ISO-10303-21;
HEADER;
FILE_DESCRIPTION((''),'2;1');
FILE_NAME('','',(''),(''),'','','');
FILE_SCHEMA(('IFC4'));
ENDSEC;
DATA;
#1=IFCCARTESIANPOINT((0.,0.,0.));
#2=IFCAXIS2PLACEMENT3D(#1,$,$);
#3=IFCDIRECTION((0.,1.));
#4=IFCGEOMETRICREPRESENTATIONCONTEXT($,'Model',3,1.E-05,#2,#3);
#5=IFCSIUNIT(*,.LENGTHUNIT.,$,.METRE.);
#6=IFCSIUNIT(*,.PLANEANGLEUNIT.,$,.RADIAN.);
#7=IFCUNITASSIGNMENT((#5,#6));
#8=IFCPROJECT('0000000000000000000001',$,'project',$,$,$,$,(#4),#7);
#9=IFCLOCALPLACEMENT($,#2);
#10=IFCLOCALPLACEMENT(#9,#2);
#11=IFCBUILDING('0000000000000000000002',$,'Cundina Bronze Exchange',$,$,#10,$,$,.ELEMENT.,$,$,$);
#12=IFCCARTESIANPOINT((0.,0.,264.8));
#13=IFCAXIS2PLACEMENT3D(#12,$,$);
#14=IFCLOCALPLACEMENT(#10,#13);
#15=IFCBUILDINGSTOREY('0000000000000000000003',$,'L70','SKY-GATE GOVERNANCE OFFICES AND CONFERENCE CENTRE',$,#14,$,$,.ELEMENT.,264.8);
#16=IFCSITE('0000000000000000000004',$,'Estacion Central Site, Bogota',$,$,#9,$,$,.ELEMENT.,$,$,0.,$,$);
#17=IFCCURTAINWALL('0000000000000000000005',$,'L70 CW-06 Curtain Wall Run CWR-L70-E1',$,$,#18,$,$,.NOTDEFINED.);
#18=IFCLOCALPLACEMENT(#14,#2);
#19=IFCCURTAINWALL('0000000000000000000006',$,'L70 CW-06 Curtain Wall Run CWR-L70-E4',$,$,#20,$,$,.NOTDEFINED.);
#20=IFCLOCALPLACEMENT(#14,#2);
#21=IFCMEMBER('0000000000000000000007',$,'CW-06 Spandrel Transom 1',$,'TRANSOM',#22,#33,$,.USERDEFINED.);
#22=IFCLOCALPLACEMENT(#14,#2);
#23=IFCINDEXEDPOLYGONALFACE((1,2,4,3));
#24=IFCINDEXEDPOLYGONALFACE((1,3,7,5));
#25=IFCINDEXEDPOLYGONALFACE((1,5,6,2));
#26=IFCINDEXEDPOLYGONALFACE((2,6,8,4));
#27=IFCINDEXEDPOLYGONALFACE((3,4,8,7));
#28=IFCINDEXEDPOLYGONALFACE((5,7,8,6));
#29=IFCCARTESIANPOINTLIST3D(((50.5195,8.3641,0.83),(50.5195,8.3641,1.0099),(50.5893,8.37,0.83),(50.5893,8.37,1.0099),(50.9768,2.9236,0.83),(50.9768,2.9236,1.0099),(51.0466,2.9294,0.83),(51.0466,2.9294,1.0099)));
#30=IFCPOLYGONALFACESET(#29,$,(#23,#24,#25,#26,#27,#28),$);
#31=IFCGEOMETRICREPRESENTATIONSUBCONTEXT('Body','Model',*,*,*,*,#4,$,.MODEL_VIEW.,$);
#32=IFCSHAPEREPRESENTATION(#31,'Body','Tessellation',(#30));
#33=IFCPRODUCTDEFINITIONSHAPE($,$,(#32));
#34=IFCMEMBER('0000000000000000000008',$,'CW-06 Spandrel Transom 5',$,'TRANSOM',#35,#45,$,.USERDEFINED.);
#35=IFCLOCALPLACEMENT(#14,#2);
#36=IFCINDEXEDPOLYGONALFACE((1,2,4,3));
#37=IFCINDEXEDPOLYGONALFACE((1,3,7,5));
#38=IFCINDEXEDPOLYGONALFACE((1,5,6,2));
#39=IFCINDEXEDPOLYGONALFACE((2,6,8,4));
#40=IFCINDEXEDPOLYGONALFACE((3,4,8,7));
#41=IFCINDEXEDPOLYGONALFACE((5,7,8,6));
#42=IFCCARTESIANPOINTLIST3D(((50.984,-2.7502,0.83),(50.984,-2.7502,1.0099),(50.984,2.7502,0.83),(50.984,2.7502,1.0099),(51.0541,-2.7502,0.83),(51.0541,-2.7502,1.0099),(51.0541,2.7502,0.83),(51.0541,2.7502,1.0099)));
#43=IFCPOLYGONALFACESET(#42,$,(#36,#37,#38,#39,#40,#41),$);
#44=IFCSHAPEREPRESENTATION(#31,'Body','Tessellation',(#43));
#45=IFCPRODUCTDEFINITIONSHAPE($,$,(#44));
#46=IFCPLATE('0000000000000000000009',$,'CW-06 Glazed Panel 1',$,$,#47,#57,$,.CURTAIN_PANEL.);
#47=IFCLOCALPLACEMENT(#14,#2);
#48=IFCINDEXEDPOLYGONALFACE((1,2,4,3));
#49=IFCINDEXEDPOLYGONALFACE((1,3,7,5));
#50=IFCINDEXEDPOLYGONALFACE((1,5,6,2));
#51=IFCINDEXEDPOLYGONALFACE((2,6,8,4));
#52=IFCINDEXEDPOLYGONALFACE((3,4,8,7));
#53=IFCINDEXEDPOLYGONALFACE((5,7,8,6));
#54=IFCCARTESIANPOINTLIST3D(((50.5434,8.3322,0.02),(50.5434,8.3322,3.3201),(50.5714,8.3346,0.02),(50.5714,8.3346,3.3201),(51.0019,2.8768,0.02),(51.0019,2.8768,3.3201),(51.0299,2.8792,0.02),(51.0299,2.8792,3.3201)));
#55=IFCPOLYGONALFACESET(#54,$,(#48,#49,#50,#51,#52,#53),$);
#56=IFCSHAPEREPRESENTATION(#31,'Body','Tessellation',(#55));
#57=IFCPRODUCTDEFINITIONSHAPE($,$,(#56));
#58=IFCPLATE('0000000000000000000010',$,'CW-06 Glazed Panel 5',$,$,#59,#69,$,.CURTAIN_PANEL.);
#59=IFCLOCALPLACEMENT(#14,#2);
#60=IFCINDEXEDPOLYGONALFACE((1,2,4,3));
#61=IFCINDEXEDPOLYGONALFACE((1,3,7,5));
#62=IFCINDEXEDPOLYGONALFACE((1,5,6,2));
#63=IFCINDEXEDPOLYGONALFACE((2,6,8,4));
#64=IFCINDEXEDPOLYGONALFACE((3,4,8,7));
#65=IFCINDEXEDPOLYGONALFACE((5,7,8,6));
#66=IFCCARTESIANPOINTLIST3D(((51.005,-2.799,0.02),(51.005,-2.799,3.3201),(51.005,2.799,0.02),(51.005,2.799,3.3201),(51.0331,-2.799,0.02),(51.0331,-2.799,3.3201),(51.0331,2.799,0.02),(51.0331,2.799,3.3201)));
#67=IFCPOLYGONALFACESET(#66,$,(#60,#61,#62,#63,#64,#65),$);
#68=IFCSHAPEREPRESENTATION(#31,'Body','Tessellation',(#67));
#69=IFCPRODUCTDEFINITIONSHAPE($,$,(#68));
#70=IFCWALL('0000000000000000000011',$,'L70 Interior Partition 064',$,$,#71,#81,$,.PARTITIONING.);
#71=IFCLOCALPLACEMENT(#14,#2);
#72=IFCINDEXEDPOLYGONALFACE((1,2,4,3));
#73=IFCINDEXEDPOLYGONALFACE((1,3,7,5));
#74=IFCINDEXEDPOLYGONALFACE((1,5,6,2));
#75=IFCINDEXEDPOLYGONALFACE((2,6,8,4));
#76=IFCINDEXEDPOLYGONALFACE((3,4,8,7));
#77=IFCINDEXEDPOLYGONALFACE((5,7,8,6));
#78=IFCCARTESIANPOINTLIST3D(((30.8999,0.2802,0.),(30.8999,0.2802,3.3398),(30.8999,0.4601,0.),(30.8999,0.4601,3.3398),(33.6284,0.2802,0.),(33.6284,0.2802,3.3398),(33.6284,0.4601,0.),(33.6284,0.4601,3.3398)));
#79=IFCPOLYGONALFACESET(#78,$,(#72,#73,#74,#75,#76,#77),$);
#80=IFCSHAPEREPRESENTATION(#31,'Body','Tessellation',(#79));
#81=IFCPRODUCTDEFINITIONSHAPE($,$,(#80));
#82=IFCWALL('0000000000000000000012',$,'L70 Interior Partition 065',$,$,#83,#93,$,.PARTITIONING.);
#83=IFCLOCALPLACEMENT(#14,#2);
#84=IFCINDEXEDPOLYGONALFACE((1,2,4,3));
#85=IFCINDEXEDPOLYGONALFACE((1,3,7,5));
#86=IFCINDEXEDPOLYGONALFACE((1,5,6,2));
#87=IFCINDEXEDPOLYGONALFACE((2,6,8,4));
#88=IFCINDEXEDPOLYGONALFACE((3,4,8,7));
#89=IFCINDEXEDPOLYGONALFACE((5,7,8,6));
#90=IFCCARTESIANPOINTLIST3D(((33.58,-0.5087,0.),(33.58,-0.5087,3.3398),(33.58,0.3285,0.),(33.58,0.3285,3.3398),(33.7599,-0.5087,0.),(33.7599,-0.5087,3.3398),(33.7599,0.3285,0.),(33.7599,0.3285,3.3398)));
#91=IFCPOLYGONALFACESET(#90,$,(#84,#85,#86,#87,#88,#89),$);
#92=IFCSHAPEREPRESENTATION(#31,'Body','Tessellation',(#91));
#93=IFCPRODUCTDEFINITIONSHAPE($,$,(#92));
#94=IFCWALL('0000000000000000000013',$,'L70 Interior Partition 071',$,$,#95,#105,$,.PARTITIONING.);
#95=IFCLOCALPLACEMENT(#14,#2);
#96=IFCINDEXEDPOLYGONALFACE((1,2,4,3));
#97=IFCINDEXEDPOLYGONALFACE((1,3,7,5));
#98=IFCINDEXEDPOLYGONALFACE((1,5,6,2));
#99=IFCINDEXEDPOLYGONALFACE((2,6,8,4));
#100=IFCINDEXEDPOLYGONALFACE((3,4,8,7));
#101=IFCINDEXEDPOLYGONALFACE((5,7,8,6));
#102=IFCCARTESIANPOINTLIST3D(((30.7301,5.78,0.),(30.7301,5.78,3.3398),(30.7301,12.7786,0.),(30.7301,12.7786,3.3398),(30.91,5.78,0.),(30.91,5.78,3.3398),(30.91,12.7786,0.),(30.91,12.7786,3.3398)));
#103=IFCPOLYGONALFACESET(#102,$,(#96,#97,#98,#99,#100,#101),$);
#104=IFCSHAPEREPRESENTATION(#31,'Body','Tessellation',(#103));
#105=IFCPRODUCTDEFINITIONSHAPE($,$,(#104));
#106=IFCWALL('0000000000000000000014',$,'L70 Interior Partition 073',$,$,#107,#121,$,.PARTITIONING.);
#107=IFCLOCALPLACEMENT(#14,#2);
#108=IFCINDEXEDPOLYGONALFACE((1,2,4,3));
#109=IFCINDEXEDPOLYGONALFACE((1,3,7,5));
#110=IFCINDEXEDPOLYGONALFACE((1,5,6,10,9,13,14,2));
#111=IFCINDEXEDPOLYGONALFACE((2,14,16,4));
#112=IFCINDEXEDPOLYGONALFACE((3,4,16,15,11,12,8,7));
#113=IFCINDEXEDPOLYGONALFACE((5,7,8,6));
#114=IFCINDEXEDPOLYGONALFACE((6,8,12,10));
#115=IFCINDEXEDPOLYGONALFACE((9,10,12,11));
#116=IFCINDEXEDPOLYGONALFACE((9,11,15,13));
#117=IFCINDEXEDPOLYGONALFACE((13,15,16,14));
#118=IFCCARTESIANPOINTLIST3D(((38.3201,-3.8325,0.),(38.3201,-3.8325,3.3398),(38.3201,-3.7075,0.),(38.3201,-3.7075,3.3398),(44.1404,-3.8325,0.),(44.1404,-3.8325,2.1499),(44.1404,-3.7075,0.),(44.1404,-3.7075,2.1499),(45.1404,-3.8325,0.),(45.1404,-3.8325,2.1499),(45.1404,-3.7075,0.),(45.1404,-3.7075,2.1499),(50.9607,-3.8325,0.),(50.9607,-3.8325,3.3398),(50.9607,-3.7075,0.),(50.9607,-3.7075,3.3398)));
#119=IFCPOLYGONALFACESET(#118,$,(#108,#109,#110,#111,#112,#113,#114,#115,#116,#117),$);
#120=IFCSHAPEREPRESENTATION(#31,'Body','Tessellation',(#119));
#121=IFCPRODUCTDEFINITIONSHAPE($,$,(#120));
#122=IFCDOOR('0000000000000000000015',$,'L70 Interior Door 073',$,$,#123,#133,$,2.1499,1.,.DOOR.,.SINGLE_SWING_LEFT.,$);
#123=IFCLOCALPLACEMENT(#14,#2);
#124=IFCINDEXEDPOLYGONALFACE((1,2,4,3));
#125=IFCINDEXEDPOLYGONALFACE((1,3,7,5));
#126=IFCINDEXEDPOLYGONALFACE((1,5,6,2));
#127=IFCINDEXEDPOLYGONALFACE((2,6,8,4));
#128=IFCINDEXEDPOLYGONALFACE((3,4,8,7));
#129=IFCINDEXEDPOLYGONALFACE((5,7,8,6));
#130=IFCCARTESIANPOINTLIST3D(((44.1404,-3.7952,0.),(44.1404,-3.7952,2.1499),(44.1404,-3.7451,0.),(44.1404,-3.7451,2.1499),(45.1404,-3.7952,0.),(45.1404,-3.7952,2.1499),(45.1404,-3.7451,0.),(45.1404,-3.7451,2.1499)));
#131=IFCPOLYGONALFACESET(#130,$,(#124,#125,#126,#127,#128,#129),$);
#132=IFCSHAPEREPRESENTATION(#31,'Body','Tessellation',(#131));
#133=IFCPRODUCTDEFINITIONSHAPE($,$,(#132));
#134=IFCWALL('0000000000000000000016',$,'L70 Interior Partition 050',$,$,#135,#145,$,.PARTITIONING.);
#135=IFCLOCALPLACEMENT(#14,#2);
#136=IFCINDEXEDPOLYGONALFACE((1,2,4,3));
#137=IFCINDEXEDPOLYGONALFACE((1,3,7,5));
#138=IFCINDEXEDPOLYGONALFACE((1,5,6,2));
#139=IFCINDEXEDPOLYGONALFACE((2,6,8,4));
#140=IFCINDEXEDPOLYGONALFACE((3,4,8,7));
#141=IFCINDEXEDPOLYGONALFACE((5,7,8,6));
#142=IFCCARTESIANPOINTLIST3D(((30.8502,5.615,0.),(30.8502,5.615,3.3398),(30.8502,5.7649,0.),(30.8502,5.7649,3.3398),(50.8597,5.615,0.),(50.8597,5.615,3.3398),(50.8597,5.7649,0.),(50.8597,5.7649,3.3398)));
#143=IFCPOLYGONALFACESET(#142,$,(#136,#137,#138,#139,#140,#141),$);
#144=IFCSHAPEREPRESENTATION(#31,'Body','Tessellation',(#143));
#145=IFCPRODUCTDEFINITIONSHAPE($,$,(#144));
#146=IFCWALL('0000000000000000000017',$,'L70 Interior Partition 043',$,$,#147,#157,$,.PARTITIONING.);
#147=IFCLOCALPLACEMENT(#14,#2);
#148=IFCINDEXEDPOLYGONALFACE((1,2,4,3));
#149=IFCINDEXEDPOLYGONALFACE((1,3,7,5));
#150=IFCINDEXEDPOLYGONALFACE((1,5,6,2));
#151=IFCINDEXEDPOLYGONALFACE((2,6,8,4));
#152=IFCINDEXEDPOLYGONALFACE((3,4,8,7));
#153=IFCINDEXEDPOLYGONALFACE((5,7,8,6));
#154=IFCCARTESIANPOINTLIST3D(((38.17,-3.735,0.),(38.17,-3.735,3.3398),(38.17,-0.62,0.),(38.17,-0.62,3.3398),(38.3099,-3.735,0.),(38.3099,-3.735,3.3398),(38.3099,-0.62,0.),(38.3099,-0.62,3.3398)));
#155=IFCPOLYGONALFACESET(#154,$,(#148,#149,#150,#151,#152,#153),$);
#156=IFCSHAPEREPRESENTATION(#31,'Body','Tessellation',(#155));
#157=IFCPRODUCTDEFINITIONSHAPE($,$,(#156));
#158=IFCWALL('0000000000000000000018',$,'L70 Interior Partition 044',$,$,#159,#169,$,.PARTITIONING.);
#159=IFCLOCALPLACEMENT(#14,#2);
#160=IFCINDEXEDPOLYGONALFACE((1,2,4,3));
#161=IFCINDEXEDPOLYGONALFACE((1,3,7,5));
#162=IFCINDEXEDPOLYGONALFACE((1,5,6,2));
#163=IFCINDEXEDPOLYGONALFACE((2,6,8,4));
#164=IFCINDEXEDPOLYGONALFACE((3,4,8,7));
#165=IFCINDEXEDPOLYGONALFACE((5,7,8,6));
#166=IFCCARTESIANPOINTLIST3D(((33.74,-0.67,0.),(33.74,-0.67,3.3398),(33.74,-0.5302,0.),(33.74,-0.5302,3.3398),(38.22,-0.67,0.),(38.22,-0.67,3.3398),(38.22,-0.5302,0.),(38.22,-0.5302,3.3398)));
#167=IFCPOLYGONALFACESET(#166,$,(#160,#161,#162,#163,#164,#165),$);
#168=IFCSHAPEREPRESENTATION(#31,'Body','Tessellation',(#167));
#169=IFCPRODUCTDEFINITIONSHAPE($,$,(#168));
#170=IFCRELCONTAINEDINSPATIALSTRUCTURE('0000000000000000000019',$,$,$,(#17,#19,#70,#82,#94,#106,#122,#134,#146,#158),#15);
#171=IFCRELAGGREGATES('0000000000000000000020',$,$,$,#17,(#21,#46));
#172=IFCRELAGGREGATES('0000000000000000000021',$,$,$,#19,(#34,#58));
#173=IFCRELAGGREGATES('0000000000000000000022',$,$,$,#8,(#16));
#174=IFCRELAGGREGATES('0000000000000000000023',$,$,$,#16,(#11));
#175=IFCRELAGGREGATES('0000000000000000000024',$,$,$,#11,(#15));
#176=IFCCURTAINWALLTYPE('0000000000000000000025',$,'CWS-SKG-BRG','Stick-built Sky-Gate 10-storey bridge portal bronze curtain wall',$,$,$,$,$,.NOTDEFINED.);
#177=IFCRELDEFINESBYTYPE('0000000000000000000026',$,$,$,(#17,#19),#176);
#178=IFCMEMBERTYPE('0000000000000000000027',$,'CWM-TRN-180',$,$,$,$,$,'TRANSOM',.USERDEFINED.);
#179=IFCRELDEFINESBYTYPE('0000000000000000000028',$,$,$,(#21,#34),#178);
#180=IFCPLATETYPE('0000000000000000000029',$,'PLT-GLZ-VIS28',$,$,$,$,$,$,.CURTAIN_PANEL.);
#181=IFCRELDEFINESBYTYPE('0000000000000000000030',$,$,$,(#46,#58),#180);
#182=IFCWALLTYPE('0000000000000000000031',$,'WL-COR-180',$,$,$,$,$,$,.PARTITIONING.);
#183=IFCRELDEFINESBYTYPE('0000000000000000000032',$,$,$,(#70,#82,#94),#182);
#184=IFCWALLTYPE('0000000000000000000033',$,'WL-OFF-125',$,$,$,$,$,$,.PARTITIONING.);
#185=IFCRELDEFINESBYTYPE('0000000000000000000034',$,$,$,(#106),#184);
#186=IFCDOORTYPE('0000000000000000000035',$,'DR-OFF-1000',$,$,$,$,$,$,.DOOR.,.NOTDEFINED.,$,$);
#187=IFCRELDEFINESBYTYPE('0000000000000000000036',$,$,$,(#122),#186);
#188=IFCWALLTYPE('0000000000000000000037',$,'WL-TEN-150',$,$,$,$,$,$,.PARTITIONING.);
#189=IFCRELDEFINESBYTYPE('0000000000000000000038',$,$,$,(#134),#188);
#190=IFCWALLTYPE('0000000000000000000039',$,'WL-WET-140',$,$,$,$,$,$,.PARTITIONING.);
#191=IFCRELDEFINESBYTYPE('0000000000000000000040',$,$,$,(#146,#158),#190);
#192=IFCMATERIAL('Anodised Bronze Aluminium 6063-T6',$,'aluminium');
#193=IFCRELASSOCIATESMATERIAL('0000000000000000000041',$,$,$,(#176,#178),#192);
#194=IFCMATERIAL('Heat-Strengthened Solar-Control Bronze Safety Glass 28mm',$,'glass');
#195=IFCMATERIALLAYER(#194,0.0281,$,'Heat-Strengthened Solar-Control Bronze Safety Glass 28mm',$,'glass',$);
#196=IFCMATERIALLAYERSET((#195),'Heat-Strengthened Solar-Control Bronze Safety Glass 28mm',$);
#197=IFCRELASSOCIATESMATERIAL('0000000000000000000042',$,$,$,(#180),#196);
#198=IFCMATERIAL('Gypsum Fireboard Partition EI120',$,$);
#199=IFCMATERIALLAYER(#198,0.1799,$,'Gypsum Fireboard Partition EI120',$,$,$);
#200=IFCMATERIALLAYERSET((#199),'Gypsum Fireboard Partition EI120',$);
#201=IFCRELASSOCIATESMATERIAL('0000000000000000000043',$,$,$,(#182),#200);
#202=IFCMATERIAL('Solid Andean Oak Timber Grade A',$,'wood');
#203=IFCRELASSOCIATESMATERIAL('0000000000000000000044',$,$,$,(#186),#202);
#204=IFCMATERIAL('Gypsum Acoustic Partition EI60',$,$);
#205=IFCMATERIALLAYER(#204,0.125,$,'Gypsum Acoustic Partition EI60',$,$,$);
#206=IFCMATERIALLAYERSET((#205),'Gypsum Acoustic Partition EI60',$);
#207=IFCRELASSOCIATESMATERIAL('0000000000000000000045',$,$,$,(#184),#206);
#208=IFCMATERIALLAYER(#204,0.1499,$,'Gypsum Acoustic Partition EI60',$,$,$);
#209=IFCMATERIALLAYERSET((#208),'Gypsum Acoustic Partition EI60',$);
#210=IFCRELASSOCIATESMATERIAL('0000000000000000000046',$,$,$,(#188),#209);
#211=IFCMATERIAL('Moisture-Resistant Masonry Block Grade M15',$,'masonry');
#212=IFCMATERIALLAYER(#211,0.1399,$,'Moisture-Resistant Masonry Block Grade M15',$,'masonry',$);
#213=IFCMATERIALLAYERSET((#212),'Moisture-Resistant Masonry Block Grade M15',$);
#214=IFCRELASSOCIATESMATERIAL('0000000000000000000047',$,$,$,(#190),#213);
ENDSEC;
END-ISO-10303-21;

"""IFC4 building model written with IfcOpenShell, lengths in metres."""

from ifc_helpers import new_model, si_unit, direction, frame, frame_2d, origin, origin_2d, place, context, subcontext, project, spatial, rectangle, extrude, material, layer, layer_set, material_profile, profile_set, type_object, element, fill, aggregate, save


model = new_model("IFC4")

# Units and contexts
model_context = context("Model", 3, precision=1e-05, world=origin(), true_north=direction((0.0, 1.0)))
body_context = subcontext(model_context, "Body", "Model", "MODEL_VIEW")
ifc_project = project(units=[si_unit("LENGTHUNIT", "METRE"), si_unit("PLANEANGLEUNIT", "RADIAN")], contexts=[model_context])

# Site, building, storey
site_placement = place(None, origin())
site = spatial("IfcSite", under=ifc_project, at=site_placement, Name="Estacion Central Site, Bogota", CompositionType="ELEMENT", RefElevation=0.0)
building_placement = place(site_placement, origin())
building = spatial("IfcBuilding", under=site, at=building_placement, Name="Cundina Bronze Exchange", CompositionType="ELEMENT")
storey_placement = place(building_placement, frame((0.0, 0.0, 264.8)))
storey = spatial("IfcBuildingStorey", under=building, at=storey_placement, Name="L70", Description="SKY-GATE GOVERNANCE OFFICES AND CONFERENCE CENTRE", CompositionType="ELEMENT", Elevation=264.8)

# Curtain walls
ifc_material_1 = material(Name="Anodised Bronze Aluminium 6063-T6", Category="aluminium")
curtain_wall_type = type_object("IfcCurtainWallType", Name="CWS-SKG-BRG", Description="Stick-built Sky-Gate 10-storey bridge portal bronze curtain wall", PredefinedType="NOTDEFINED", material=ifc_material_1)
curtain_wall_1_placement = place(storey_placement, origin())
curtain_wall_1 = element("IfcCurtainWall", 1, at=curtain_wall_1_placement, inside=storey, type_object=curtain_wall_type, Name="L70 CW-06 Curtain Wall Run CWR-L70-E1", PredefinedType="NOTDEFINED")
curtain_wall_2_placement = place(storey_placement, origin())
curtain_wall_2 = element("IfcCurtainWall", 2, at=curtain_wall_2_placement, inside=storey, type_object=curtain_wall_type, Name="L70 CW-06 Curtain Wall Run CWR-L70-E4", PredefinedType="NOTDEFINED")

# Members
ifc_material_profile_1 = material_profile(ifc_material_1, rectangle(XDim=0.0701, YDim=0.1799, at=origin_2d()), Name="AL70X180", Category="aluminium")
ifc_profile_set_1 = profile_set([ifc_material_profile_1], Name="Anodised Bronze Aluminium 6063-T6")
member_type_1 = type_object("IfcMemberType", Name="CWM-TRN-180", ElementType="TRANSOM", PredefinedType="USERDEFINED", material=ifc_profile_set_1)
member_1_placement = place(storey_placement, frame((51.0117, 2.9265, 0.9199), z_axis=(-0.083756, 0.996486, 0.0), x_axis=(-0.996486, -0.083756, 0.0)))
member_1 = element("IfcMember", 3, at=member_1_placement, type_object=member_type_1, Name="CW-06 Spandrel Transom 1", ObjectType="TRANSOM", PredefinedType="USERDEFINED", context=body_context, shape_type="SweptSolid", body=[
    extrude(rectangle(XDim=0.0701, YDim=0.1799, at=origin_2d()), origin(), (0.0, 0.0, 1.0), 5.4597),
])
member_2_placement = place(storey_placement, frame((51.019, -2.7502, 0.9199), z_axis=(0.0, 1.0, 0.0), x_axis=(-1.0, 0.0, 0.0)))
member_2 = element("IfcMember", 4, at=member_2_placement, type_object=member_type_1, Name="CW-06 Spandrel Transom 5", ObjectType="TRANSOM", PredefinedType="USERDEFINED", context=body_context, shape_type="SweptSolid", body=[
    extrude(rectangle(XDim=0.0701, YDim=0.1799, at=origin_2d()), origin(), (0.0, 0.0, 1.0), 5.5005),
])

# Plates
ifc_material_2 = material(Name="Heat-Strengthened Solar-Control Bronze Safety Glass 28mm", Category="glass")
ifc_layer_1 = layer(ifc_material_2, 0.0281, Name="Heat-Strengthened Solar-Control Bronze Safety Glass 28mm", Category="glass")
ifc_layer_set_1 = layer_set([ifc_layer_1], Name="Heat-Strengthened Solar-Control Bronze Safety Glass 28mm")
plate_type = type_object("IfcPlateType", Name="PLT-GLZ-VIS28", PredefinedType="CURTAIN_PANEL", material=ifc_layer_set_1)
plate_1_placement = place(storey_placement, frame((50.7866, 5.6057, 0.02), z_axis=(0.0, 0.0, 1.0), x_axis=(-0.083747, 0.996487, 0.0)))
plate_1 = element("IfcPlate", 5, at=plate_1_placement, type_object=plate_type, Name="CW-06 Glazed Panel 1", PredefinedType="CURTAIN_PANEL", context=body_context, shape_type="SweptSolid", body=[
    extrude(rectangle(XDim=5.4746, YDim=0.0281, at=origin_2d()), origin(), (0.0, 0.0, 1.0), 3.3),
])
aggregate(curtain_wall_1, [member_1, plate_1])
plate_2_placement = place(storey_placement, frame((51.019, 0.0, 0.02), z_axis=(0.0, 0.0, 1.0), x_axis=(0.0, 1.0, 0.0)))
plate_2 = element("IfcPlate", 6, at=plate_2_placement, type_object=plate_type, Name="CW-06 Glazed Panel 5", PredefinedType="CURTAIN_PANEL", context=body_context, shape_type="SweptSolid", body=[
    extrude(rectangle(XDim=5.5979, YDim=0.0281, at=origin_2d()), origin(), (0.0, 0.0, 1.0), 3.3),
])
aggregate(curtain_wall_2, [member_2, plate_2])

# Shared definitions
ifc_material_3 = material(Name="Gypsum Fireboard Partition EI120")
ifc_layer_2 = layer(ifc_material_3, 0.1799, Name="Gypsum Fireboard Partition EI120")
ifc_layer_set_2 = layer_set([ifc_layer_2], Name="Gypsum Fireboard Partition EI120")
wall_type_1 = type_object("IfcWallType", Name="WL-COR-180", PredefinedType="PARTITIONING", material=ifc_layer_set_2)
ifc_material_4 = material(Name="Solid Andean Oak Timber Grade A", Category="wood")
door_type = type_object("IfcDoorType", Name="DR-OFF-1000", OperationType="NOTDEFINED", PredefinedType="DOOR", material=ifc_material_4)

# Walls
wall_1_placement = place(storey_placement, frame((33.6284, 0.3701, 0.0), z_axis=(0.0, 0.0, 1.0), x_axis=(-1.0, 0.0, 0.0)))
element("IfcWall", 7, at=wall_1_placement, inside=storey, type_object=wall_type_1, Name="L70 Interior Partition 064", PredefinedType="PARTITIONING", context=body_context, shape_type="SweptSolid", body=[
    extrude(rectangle(XDim=2.7285, YDim=0.1799, at=frame_2d((1.3643, 0.0))), origin(), (0.0, 0.0, 1.0), 3.3398),
])
wall_2_placement = place(storey_placement, frame((33.6699, -0.5085, 0.0), z_axis=(0.0, 0.0, 1.0), x_axis=(0.0, 1.0, 0.0)))
element("IfcWall", 8, at=wall_2_placement, inside=storey, type_object=wall_type_1, Name="L70 Interior Partition 065", PredefinedType="PARTITIONING", context=body_context, shape_type="SweptSolid", body=[
    extrude(rectangle(XDim=0.8372, YDim=0.1799, at=frame_2d((0.4185, 0.0))), origin(), (0.0, 0.0, 1.0), 3.3398),
])
wall_3_placement = place(storey_placement, frame((30.8201, 5.78, 0.0), z_axis=(0.0, 0.0, 1.0), x_axis=(0.0, 1.0, 0.0)))
element("IfcWall", 9, at=wall_3_placement, inside=storey, type_object=wall_type_1, Name="L70 Interior Partition 071", PredefinedType="PARTITIONING", context=body_context, shape_type="SweptSolid", body=[
    extrude(rectangle(XDim=6.9985, YDim=0.1799, at=frame_2d((3.4993, 0.0))), origin(), (0.0, 0.0, 1.0), 3.3398),
])

# Wall, opening, door
ifc_material_5 = material(Name="Gypsum Acoustic Partition EI60")
ifc_layer_3 = layer(ifc_material_5, 0.125, Name="Gypsum Acoustic Partition EI60")
ifc_layer_set_3 = layer_set([ifc_layer_3], Name="Gypsum Acoustic Partition EI60")
wall_type_2 = type_object("IfcWallType", Name="WL-OFF-125", PredefinedType="PARTITIONING", material=ifc_layer_set_3)
wall_4_placement = place(storey_placement, frame((38.3201, -3.77, 0.0), z_axis=(0.0, 0.0, 1.0), x_axis=(1.0, 0.0, 0.0)))
wall_4 = element("IfcWall", 10, at=wall_4_placement, inside=storey, type_object=wall_type_2, Name="L70 Interior Partition 073", PredefinedType="PARTITIONING", context=body_context, shape_type="SweptSolid", body=[
    extrude(rectangle(XDim=12.6406, YDim=0.125, at=frame_2d((6.3203, 0.0))), origin(), (0.0, 0.0, 1.0), 3.3398),
])
opening_1_placement = place(wall_4_placement, frame((5.8203, 0.0, 0.0)))
opening_1 = element("IfcOpeningElement", 11, at=opening_1_placement, cuts=wall_4, PredefinedType="OPENING", context=body_context, shape_type="SweptSolid", body=[
    extrude(rectangle(XDim=1.0, YDim=2.1499, at=frame_2d((0.5, 1.075))), frame((0.0, 0.0725, 0.0), z_axis=(0.0, -1.0, 0.0), x_axis=(1.0, 0.0, 0.0)), (0.0, 0.0, 1.0), 0.145),
])
door_1_placement = place(opening_1_placement, origin())
door_1 = element("IfcDoor", 12, at=door_1_placement, inside=storey, type_object=door_type, Name="L70 Interior Door 073", OperationType="SINGLE_SWING_LEFT", OverallHeight=2.1499, OverallWidth=1.0, PredefinedType="DOOR", context=body_context, shape_type="SweptSolid", body=[
    extrude(rectangle(XDim=1.0, YDim=2.1499, at=frame_2d((0.5, 1.075))), frame((0.0, 0.0249, 0.0), z_axis=(0.0, -1.0, 0.0), x_axis=(1.0, 0.0, 0.0)), (0.0, 0.0, 1.0), 0.05),
])
fill(opening_1, door_1)

# Walls
ifc_layer_4 = layer(ifc_material_5, 0.1499, Name="Gypsum Acoustic Partition EI60")
ifc_layer_set_4 = layer_set([ifc_layer_4], Name="Gypsum Acoustic Partition EI60")
wall_type_3 = type_object("IfcWallType", Name="WL-TEN-150", PredefinedType="PARTITIONING", material=ifc_layer_set_4)
wall_5_placement = place(storey_placement, frame((30.8501, 5.6899, 0.0), z_axis=(0.0, 0.0, 1.0), x_axis=(1.0, 0.0, 0.0)))
element("IfcWall", 13, at=wall_5_placement, inside=storey, type_object=wall_type_3, Name="L70 Interior Partition 050", PredefinedType="PARTITIONING", context=body_context, shape_type="SweptSolid", body=[
    extrude(rectangle(XDim=20.0095, YDim=0.1499, at=frame_2d((10.0049, 0.0))), origin(), (0.0, 0.0, 1.0), 3.3398),
])
ifc_material_6 = material(Name="Moisture-Resistant Masonry Block Grade M15", Category="masonry")
ifc_layer_5 = layer(ifc_material_6, 0.1399, Name="Moisture-Resistant Masonry Block Grade M15", Category="masonry")
ifc_layer_set_5 = layer_set([ifc_layer_5], Name="Moisture-Resistant Masonry Block Grade M15")
wall_type_4 = type_object("IfcWallType", Name="WL-WET-140", PredefinedType="PARTITIONING", material=ifc_layer_set_5)
wall_6_placement = place(storey_placement, frame((38.24, -3.7351, 0.0), z_axis=(0.0, 0.0, 1.0), x_axis=(0.0, 1.0, 0.0)))
element("IfcWall", 14, at=wall_6_placement, inside=storey, type_object=wall_type_4, Name="L70 Interior Partition 043", PredefinedType="PARTITIONING", context=body_context, shape_type="SweptSolid", body=[
    extrude(rectangle(XDim=3.115, YDim=0.1399, at=frame_2d((1.5576, 0.0))), origin(), (0.0, 0.0, 1.0), 3.3398),
])
wall_7_placement = place(storey_placement, frame((33.74, -0.6001, 0.0), z_axis=(0.0, 0.0, 1.0), x_axis=(1.0, 0.0, 0.0)))
element("IfcWall", 15, at=wall_7_placement, inside=storey, type_object=wall_type_4, Name="L70 Interior Partition 044", PredefinedType="PARTITIONING", context=body_context, shape_type="SweptSolid", body=[
    extrude(rectangle(XDim=4.48, YDim=0.1399, at=frame_2d((2.24, 0.0))), origin(), (0.0, 0.0, 1.0), 3.3398),
])

save(model, "model.ifc")
